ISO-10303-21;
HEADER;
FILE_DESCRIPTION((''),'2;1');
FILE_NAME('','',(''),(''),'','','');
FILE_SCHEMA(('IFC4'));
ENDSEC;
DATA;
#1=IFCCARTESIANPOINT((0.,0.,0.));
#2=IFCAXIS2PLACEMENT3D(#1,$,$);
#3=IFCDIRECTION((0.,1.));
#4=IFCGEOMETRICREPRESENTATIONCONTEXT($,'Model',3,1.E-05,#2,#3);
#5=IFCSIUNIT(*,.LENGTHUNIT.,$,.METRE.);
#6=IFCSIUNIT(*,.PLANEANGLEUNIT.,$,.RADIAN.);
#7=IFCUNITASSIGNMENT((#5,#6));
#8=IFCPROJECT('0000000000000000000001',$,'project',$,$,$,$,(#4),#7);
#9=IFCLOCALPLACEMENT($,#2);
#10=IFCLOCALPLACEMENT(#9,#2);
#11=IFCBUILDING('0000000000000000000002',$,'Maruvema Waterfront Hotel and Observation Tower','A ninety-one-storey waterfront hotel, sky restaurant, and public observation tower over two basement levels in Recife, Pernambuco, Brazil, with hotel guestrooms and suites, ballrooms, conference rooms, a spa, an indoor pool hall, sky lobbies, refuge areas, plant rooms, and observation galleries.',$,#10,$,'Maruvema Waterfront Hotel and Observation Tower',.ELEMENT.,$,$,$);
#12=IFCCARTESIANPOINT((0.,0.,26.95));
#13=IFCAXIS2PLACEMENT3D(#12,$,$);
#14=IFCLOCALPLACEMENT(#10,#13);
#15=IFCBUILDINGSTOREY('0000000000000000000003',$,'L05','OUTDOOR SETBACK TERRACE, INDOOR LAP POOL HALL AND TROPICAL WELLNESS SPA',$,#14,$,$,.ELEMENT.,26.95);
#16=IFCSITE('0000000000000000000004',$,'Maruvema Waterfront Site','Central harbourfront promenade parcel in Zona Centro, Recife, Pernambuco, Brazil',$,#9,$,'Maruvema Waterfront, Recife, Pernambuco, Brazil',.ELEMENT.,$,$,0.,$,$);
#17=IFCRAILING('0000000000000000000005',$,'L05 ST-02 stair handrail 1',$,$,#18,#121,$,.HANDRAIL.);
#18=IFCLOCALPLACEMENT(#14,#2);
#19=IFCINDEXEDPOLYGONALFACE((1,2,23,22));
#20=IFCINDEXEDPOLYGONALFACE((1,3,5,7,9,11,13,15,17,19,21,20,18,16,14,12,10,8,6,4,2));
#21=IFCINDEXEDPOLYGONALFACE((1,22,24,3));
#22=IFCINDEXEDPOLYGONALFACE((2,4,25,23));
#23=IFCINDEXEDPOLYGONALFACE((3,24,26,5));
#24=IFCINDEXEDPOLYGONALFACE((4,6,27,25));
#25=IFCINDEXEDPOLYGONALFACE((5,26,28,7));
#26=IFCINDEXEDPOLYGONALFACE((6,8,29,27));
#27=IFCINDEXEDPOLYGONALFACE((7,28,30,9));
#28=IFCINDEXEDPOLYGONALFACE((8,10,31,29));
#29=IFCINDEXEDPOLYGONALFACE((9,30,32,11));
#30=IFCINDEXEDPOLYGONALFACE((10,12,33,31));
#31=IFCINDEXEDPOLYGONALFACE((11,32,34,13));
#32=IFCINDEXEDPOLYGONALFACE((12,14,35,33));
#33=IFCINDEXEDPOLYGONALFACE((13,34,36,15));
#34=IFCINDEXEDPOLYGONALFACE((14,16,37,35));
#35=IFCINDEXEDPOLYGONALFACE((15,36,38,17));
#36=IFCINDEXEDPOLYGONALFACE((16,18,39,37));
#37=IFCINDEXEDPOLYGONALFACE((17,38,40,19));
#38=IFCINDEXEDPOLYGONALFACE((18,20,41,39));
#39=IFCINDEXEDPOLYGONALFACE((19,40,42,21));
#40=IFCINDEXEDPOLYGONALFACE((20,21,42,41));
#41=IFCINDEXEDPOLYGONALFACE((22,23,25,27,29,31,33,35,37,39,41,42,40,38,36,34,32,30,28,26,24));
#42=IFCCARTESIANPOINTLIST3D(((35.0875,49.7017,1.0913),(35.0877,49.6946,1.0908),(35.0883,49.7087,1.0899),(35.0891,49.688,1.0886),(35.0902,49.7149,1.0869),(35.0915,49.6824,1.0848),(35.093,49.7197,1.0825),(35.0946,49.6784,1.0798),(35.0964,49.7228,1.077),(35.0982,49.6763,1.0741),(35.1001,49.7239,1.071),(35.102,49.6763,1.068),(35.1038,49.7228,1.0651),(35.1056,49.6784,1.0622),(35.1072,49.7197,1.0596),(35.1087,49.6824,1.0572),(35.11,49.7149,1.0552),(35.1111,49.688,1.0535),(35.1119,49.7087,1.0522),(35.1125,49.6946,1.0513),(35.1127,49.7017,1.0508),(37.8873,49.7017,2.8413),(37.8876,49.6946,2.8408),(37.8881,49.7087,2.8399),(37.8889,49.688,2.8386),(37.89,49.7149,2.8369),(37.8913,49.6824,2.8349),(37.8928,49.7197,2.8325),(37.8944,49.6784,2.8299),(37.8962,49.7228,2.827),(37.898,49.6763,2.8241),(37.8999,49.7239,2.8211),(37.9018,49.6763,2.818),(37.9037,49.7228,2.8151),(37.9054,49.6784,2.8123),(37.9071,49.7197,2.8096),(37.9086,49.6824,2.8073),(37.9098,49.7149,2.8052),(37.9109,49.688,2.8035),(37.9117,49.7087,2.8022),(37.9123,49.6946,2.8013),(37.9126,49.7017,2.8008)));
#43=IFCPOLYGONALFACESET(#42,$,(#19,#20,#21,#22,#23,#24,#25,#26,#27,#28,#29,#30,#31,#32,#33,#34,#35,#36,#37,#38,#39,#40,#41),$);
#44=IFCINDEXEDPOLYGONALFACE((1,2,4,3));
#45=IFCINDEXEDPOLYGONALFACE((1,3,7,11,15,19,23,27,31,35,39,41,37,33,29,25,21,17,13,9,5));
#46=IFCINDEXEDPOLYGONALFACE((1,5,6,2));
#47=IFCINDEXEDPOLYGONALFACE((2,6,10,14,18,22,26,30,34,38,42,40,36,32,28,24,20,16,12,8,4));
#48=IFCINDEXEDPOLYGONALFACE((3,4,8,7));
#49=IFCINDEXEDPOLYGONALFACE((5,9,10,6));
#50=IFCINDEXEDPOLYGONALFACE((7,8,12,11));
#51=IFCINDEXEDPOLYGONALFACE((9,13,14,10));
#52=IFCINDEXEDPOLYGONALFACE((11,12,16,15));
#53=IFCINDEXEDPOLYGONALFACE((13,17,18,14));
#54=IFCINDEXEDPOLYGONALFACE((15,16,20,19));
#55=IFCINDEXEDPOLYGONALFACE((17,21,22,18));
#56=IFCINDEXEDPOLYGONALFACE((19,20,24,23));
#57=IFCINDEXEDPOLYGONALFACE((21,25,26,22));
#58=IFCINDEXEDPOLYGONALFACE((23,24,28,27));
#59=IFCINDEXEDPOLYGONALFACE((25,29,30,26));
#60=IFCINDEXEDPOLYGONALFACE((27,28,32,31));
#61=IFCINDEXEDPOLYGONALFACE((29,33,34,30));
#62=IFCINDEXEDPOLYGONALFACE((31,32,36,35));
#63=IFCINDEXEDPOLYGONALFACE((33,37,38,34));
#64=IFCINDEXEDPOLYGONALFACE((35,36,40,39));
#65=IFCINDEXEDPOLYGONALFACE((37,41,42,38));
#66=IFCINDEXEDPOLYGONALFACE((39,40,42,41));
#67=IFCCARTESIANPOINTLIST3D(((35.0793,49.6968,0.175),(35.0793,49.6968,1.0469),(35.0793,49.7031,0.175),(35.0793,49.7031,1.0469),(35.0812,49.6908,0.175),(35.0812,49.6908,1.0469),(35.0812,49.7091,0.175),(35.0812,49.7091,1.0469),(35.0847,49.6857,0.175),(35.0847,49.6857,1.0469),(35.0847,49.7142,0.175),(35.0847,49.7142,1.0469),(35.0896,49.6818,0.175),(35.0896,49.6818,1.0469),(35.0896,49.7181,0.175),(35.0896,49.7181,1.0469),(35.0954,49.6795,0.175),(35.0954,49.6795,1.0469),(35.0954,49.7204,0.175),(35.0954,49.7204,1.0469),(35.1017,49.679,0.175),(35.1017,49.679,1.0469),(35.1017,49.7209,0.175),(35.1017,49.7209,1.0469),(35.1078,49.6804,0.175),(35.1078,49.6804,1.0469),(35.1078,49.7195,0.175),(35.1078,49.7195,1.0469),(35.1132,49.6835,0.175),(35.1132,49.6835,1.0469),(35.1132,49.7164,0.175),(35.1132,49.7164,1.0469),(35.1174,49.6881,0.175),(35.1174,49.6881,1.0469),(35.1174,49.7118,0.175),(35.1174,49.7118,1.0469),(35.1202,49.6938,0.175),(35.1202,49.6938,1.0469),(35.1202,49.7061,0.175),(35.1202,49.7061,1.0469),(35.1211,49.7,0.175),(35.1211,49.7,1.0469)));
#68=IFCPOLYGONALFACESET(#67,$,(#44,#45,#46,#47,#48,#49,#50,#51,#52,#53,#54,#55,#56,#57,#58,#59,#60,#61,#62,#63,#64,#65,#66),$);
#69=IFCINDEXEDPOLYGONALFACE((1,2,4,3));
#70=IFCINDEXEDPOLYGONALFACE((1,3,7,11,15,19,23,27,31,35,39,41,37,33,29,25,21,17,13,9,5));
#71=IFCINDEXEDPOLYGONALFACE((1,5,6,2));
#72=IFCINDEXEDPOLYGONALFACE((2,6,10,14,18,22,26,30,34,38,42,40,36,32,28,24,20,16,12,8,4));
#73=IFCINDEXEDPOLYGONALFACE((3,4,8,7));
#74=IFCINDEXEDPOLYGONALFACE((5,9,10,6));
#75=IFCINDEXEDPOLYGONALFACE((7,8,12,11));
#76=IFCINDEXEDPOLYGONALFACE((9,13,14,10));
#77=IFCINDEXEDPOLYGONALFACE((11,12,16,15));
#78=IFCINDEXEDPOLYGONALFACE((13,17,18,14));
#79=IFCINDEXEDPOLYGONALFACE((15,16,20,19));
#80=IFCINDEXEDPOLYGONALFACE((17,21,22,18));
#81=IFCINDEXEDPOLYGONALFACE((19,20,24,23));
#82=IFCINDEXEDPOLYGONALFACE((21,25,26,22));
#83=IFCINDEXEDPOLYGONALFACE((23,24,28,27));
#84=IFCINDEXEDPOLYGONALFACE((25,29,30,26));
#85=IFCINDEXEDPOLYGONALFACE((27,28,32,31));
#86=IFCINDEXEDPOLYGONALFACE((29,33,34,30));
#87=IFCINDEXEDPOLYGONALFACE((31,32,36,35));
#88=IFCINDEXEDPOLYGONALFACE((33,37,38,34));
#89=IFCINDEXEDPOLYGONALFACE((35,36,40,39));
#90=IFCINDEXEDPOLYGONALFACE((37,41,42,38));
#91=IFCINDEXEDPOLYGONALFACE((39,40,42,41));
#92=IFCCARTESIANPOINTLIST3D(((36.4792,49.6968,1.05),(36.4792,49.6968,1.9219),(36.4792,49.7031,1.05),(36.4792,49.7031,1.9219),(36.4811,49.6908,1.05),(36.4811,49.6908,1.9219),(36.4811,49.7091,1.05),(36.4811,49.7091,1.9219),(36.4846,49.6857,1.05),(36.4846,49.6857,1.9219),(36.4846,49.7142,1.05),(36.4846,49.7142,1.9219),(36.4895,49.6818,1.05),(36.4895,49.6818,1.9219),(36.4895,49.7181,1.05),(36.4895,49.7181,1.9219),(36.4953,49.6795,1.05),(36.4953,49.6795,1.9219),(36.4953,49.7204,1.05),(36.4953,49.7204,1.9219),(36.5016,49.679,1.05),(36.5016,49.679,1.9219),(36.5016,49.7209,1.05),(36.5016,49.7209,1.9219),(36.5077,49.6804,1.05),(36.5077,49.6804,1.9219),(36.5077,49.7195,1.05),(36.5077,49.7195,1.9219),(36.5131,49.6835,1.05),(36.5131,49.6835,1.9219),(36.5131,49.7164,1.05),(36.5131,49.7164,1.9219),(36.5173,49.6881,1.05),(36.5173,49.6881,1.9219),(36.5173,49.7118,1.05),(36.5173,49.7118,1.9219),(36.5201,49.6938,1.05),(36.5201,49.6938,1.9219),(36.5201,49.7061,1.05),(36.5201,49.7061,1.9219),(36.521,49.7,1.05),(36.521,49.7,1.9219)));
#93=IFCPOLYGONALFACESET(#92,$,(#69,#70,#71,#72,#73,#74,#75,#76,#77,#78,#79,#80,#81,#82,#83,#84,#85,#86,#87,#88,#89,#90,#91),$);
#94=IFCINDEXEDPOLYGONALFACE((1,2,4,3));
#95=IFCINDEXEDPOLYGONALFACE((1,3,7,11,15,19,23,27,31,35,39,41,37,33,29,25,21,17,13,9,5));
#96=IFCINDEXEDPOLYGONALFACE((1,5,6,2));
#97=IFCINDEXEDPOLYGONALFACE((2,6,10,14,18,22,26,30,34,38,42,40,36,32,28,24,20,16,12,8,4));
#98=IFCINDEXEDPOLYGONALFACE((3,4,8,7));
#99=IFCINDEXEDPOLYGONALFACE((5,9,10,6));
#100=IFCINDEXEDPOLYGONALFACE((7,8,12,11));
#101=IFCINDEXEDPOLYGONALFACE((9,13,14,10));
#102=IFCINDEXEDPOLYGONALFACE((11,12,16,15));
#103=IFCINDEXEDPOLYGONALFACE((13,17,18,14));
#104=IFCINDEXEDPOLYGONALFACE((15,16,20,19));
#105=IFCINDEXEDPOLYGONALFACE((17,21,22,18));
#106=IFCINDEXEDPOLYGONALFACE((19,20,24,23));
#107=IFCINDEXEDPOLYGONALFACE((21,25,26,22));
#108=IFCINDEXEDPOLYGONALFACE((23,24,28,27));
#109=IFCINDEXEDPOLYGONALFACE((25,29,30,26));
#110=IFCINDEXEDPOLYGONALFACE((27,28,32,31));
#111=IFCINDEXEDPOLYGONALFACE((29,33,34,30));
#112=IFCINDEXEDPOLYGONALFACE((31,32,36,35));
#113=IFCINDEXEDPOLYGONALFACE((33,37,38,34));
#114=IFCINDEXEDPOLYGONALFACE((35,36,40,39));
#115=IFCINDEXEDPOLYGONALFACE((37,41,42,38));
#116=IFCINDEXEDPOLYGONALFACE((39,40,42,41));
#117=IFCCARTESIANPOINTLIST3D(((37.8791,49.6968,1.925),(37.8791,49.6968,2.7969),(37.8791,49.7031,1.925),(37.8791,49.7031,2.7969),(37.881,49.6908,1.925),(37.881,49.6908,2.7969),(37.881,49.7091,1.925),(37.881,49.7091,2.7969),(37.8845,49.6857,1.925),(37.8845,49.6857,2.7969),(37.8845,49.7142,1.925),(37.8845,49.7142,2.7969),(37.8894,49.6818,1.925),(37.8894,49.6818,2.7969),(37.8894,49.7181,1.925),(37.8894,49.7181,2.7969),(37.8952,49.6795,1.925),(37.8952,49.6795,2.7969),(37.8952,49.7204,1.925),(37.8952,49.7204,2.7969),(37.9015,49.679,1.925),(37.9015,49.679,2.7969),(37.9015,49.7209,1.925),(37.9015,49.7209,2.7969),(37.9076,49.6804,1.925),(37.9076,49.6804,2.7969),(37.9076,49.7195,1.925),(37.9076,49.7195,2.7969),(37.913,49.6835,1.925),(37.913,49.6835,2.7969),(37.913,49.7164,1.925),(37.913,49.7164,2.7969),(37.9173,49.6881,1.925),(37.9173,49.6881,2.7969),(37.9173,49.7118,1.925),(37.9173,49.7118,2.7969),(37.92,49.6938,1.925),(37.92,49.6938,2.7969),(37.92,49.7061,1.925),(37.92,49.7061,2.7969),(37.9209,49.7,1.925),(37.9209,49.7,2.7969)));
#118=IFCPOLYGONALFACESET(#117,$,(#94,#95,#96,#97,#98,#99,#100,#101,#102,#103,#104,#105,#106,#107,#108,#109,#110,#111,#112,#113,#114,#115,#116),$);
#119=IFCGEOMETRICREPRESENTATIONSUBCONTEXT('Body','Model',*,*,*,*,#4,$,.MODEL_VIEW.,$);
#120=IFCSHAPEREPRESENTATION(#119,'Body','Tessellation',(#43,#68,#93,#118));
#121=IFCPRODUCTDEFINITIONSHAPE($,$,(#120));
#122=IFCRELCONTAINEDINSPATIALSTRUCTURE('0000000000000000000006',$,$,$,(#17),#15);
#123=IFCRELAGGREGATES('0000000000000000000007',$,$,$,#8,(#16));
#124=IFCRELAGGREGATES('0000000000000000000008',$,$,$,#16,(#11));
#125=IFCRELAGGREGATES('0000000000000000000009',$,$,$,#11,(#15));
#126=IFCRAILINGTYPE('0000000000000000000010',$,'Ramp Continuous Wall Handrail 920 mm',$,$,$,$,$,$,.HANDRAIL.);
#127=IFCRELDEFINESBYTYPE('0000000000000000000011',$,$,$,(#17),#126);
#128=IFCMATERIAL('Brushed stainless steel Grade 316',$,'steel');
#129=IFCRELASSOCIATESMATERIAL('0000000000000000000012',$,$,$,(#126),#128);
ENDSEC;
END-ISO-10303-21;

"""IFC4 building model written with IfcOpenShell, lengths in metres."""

from ifc_helpers import new_model, si_unit, direction, frame, origin, origin_2d, place, context, subcontext, project, spatial, circle, extrude, material, type_object, element, save


model = new_model("IFC4")

# Units and contexts
model_context = context("Model", 3, precision=1e-05, world=origin(), true_north=direction((0.0, 1.0)))
body_context = subcontext(model_context, "Body", "Model", "MODEL_VIEW")
ifc_project = project(units=[si_unit("LENGTHUNIT", "METRE"), si_unit("PLANEANGLEUNIT", "RADIAN")], contexts=[model_context])

# Site, building, storey
site_placement = place(None, origin())
site = spatial("IfcSite", under=ifc_project, at=site_placement, Name="Maruvema Waterfront Site", Description="Central harbourfront promenade parcel in Zona Centro, Recife, Pernambuco, Brazil", LongName="Maruvema Waterfront, Recife, Pernambuco, Brazil", CompositionType="ELEMENT", RefElevation=0.0)
building_placement = place(site_placement, origin())
building = spatial("IfcBuilding", under=site, at=building_placement, Name="Maruvema Waterfront Hotel and Observation Tower", Description="A ninety-one-storey waterfront hotel, sky restaurant, and public observation tower over two basement levels in Recife, Pernambuco, Brazil, with hotel guestrooms and suites, ballrooms, conference rooms, a spa, an indoor pool hall, sky lobbies, refuge areas, plant rooms, and observation galleries.", LongName="Maruvema Waterfront Hotel and Observation Tower", CompositionType="ELEMENT")
storey_placement = place(building_placement, frame((0.0, 0.0, 26.95)))
storey = spatial("IfcBuildingStorey", under=building, at=storey_placement, Name="L05", Description="OUTDOOR SETBACK TERRACE, INDOOR LAP POOL HALL AND TROPICAL WELLNESS SPA", CompositionType="ELEMENT", Elevation=26.95)

# Railing
ifc_material_1 = material(Name="Brushed stainless steel Grade 316", Category="steel")
railing_type_1 = type_object("IfcRailingType", Name="Ramp Continuous Wall Handrail 920 mm", PredefinedType="HANDRAIL", material=ifc_material_1)
railing_1_placement = place(storey_placement, frame((35.1001, 49.7, 0.175)))
element("IfcRailing", 1, at=railing_1_placement, inside=storey, type_object=railing_type_1, Name="L05 ST-02 stair handrail 1", PredefinedType="HANDRAIL", context=body_context, shape_type="SweptSolid", body=[
    extrude(circle(Radius=0.0239, at=origin_2d()), frame((0.0, 0.0, 0.896), z_axis=(0.847982, 0.0, 0.530026), x_axis=(0.0, 1.0, 0.0)), (0.0, 0.0, 1.0), 3.3018),
    extrude(circle(Radius=0.021, at=origin_2d()), origin(), (0.0, 0.0, 1.0), 0.8718),
    extrude(circle(Radius=0.021, at=origin_2d()), frame((1.3999, 0.0, 0.875)), (0.0, 0.0, 1.0), 0.8718),
    extrude(circle(Radius=0.021, at=origin_2d()), frame((2.7998, 0.0, 1.75)), (0.0, 0.0, 1.0), 0.8718),
])

save(model, "model.ifc")
